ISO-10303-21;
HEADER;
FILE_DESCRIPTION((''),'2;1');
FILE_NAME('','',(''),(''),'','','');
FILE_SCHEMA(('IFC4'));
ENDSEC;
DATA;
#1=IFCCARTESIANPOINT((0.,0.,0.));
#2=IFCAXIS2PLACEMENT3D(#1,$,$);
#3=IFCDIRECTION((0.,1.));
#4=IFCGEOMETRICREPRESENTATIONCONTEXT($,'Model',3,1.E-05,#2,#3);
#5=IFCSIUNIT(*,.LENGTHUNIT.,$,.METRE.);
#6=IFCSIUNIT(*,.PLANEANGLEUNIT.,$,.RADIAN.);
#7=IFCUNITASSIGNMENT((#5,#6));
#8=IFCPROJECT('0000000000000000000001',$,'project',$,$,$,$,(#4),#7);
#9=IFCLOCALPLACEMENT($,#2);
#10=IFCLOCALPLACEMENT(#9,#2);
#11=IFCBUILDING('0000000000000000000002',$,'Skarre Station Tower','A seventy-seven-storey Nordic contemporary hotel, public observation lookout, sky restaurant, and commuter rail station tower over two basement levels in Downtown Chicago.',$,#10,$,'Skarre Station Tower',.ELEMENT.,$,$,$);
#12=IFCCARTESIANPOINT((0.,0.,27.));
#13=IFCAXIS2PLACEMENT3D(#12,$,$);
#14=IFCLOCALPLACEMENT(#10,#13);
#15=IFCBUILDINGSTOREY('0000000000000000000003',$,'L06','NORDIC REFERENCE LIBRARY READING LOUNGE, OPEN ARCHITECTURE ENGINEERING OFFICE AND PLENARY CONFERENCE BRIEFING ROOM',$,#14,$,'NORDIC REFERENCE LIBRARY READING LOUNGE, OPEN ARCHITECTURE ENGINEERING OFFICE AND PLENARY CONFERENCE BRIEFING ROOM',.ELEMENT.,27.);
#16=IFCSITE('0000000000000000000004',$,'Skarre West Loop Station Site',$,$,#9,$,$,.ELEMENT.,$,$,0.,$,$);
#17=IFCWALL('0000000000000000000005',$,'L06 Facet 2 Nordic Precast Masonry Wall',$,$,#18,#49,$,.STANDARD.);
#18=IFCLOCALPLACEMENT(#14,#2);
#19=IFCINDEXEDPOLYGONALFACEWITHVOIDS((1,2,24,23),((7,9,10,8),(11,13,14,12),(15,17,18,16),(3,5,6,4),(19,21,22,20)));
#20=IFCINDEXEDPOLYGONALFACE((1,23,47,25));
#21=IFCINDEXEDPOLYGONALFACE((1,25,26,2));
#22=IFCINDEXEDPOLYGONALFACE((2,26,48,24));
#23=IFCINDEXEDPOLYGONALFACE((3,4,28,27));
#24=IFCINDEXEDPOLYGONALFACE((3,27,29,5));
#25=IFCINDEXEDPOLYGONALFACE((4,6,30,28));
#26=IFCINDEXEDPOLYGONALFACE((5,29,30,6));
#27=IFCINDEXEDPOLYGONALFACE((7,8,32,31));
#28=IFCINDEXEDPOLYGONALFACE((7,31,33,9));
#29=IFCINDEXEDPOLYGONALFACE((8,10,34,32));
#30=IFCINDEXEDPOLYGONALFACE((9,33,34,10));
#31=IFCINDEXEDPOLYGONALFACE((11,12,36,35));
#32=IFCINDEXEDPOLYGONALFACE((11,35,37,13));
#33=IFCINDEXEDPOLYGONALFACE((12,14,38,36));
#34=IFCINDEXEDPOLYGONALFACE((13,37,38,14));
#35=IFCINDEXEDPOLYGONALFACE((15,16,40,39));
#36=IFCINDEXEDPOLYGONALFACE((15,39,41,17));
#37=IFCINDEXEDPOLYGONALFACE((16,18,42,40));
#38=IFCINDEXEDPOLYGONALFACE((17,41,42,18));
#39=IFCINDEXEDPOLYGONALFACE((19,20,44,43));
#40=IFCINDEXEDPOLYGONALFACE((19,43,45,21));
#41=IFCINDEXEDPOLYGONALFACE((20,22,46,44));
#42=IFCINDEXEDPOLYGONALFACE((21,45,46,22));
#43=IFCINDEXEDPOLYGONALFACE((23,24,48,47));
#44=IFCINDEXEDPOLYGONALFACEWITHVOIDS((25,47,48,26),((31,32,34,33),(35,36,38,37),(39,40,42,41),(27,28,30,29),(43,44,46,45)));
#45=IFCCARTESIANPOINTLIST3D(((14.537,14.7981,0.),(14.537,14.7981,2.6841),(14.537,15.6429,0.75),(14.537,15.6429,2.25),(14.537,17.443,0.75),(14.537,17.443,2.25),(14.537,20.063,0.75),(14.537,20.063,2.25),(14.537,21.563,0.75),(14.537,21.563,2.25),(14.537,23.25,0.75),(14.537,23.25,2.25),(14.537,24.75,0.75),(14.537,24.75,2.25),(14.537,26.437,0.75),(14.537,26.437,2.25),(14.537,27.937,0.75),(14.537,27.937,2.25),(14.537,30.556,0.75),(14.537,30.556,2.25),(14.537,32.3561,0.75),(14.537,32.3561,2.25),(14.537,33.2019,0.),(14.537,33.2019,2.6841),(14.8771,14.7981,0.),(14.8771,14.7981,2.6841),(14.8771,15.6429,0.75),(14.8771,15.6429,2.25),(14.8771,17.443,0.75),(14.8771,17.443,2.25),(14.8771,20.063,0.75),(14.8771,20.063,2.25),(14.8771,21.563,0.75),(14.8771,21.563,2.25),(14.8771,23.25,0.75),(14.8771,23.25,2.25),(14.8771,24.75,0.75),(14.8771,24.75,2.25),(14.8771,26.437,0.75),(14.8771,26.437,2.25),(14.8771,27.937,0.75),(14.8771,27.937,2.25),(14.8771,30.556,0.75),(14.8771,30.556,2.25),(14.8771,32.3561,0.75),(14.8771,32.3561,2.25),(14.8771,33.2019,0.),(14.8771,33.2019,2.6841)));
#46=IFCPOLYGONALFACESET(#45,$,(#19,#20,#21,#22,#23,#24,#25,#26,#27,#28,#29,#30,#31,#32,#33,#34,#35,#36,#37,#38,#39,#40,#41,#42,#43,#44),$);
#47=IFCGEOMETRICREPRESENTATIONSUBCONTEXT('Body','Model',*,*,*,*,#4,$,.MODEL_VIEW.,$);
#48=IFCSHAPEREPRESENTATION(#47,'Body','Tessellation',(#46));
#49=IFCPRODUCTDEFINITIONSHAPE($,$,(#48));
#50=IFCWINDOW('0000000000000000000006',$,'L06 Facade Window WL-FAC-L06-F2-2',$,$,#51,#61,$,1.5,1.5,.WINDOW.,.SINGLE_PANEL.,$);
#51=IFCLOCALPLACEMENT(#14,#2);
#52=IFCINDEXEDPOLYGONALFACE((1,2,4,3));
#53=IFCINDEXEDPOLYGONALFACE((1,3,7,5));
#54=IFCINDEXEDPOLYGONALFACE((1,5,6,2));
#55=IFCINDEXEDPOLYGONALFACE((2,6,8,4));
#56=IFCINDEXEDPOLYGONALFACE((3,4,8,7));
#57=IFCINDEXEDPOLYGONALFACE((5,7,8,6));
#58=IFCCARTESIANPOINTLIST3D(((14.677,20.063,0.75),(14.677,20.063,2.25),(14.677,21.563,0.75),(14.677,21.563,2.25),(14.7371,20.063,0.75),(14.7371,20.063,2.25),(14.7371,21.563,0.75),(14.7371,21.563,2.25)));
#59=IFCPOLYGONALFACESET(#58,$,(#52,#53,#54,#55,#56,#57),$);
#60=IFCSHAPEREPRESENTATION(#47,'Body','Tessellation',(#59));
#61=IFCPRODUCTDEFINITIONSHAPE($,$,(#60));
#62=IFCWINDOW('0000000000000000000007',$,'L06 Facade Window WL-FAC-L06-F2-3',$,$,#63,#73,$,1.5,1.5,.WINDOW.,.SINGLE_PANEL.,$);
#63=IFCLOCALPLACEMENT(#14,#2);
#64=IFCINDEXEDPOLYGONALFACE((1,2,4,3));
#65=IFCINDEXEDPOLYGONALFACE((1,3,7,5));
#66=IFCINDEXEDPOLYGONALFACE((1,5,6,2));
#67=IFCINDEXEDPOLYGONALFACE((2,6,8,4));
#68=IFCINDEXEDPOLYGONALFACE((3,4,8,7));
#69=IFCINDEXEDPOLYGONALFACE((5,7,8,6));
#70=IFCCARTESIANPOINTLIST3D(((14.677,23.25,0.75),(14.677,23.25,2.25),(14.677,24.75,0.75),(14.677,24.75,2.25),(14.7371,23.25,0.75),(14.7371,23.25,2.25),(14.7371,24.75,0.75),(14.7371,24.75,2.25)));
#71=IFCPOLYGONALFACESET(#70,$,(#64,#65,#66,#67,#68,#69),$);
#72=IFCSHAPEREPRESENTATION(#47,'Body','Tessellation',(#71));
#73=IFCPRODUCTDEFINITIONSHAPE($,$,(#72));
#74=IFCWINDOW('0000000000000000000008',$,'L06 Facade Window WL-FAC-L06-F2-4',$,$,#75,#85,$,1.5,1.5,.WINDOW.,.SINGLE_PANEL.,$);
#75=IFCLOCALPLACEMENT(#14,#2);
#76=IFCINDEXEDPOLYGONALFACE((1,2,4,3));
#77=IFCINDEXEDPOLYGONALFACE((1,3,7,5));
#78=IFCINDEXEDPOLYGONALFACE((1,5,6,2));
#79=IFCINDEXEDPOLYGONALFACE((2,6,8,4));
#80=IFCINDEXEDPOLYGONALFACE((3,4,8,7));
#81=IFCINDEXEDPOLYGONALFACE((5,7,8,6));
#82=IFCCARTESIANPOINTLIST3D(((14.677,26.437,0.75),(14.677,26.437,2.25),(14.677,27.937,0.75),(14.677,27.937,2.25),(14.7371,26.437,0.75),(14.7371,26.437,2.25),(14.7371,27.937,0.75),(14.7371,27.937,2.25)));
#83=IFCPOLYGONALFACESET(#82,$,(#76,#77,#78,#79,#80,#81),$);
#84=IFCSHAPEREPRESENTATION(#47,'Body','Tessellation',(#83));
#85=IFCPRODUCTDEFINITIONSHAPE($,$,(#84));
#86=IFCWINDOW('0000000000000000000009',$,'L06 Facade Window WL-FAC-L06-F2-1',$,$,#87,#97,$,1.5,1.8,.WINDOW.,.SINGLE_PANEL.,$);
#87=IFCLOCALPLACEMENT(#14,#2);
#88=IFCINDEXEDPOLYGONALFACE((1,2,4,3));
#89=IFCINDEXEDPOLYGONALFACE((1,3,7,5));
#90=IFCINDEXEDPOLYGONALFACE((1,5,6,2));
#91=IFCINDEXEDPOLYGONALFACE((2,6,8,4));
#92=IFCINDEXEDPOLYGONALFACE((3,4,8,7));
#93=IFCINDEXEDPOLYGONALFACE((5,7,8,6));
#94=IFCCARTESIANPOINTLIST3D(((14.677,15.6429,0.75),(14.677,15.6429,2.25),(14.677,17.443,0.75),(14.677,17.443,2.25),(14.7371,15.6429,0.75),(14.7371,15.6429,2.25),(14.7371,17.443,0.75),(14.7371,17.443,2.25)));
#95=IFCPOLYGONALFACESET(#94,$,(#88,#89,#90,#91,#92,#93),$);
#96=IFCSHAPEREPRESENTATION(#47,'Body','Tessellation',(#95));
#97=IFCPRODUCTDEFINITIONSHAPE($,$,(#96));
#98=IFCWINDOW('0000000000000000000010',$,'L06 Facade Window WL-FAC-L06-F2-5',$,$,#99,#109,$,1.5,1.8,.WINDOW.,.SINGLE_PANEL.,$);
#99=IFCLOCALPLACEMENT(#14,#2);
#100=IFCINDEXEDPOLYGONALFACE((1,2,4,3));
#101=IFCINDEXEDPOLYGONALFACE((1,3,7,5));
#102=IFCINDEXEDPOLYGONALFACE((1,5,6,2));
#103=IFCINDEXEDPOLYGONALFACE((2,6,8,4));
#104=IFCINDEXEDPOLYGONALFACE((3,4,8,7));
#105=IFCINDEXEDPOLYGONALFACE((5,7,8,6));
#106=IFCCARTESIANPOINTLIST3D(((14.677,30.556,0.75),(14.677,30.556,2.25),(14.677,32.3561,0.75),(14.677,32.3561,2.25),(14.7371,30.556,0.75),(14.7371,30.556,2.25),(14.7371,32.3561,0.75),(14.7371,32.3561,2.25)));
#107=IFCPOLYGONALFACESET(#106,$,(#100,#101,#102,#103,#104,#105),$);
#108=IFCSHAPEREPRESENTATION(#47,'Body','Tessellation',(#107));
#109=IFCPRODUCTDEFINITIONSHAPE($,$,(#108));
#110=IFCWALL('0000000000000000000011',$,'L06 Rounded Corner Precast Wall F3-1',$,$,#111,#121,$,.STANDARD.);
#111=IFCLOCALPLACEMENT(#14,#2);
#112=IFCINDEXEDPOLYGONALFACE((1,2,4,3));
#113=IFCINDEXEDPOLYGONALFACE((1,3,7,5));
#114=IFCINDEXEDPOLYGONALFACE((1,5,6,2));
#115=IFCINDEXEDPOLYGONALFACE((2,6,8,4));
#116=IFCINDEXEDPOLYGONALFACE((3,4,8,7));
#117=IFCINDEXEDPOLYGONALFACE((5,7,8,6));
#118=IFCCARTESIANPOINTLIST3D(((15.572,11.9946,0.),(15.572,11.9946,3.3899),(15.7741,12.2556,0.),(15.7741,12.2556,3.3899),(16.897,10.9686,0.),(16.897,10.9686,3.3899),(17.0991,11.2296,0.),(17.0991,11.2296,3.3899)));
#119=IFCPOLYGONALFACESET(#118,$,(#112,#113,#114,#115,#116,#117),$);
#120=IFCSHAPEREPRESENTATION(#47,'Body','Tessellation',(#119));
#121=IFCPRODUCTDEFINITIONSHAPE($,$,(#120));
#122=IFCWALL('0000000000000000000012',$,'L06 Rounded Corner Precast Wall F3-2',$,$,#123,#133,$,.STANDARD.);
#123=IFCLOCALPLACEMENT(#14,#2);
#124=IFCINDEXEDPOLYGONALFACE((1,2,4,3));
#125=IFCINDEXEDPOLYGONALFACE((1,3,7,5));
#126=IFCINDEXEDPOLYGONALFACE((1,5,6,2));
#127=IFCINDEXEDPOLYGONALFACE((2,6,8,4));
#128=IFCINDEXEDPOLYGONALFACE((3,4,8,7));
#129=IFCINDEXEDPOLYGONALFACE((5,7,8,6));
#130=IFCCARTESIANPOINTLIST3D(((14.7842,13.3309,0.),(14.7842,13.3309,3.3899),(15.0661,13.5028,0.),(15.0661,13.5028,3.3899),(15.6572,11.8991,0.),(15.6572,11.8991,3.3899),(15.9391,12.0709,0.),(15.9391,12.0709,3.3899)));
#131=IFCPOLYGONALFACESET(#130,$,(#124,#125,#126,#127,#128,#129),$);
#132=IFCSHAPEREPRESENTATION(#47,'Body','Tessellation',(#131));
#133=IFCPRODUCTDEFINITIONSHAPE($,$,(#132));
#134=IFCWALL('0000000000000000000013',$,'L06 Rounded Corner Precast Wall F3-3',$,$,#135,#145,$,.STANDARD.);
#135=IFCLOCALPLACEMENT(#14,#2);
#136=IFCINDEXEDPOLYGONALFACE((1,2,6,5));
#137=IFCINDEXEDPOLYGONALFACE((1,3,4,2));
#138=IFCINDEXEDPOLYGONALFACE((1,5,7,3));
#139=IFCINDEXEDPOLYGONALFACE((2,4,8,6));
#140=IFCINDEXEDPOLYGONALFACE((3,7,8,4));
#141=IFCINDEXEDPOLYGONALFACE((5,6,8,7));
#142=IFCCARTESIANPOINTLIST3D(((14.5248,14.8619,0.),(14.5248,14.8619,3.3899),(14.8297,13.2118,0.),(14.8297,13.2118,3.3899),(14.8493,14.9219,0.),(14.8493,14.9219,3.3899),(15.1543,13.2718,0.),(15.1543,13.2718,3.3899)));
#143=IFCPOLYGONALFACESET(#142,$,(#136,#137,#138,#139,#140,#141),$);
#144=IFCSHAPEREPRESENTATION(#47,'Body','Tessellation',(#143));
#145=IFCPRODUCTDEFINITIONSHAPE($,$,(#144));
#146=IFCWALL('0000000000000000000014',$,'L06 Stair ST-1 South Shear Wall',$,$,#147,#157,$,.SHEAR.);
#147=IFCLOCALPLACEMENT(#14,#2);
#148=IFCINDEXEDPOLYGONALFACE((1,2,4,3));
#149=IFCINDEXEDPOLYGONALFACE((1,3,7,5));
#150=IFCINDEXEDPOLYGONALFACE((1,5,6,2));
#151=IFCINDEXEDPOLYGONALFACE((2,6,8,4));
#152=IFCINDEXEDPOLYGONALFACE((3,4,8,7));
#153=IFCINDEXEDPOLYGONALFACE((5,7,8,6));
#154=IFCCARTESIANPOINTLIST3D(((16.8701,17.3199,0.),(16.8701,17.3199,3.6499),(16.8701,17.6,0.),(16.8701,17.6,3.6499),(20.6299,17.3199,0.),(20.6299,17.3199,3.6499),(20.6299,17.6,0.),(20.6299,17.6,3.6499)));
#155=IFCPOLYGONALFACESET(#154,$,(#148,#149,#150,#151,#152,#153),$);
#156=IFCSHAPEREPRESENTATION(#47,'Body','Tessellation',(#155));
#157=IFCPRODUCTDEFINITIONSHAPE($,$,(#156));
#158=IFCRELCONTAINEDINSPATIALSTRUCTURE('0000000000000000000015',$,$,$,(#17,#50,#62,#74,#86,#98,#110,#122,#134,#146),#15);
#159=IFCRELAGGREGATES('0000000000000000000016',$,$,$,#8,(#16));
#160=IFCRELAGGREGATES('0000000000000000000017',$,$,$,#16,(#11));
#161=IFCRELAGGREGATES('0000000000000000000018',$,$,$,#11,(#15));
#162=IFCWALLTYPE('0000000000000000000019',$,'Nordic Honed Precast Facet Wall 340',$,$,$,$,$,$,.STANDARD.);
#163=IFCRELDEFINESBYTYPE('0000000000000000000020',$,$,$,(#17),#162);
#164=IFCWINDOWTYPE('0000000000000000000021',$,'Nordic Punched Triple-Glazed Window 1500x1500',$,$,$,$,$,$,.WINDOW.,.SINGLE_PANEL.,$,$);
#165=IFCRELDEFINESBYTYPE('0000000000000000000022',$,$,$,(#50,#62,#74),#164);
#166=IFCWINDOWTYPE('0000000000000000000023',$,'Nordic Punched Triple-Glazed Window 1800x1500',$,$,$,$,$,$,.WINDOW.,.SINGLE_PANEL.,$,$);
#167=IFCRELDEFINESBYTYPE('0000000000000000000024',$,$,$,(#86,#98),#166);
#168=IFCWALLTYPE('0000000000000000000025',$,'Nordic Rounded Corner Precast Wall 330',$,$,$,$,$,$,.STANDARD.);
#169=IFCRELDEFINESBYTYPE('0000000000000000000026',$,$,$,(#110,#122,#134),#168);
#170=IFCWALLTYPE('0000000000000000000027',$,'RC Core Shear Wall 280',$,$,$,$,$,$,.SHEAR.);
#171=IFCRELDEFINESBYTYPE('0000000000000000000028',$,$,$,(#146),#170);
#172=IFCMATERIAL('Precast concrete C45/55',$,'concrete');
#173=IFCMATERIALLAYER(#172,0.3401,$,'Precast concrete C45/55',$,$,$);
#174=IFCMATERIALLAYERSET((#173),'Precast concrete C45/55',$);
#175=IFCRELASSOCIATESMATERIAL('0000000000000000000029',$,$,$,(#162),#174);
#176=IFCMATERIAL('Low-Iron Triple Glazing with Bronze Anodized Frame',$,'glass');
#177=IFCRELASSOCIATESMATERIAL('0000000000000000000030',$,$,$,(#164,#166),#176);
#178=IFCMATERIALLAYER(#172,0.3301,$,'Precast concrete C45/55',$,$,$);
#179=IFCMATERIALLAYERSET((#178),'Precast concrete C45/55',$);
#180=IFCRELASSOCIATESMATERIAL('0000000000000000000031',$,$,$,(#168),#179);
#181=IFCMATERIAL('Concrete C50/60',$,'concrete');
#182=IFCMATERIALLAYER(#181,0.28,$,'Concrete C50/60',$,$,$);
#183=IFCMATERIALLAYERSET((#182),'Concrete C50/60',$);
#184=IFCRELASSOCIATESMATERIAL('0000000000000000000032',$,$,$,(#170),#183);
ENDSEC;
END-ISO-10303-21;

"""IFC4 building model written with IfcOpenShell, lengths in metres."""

from ifc_helpers import new_model, si_unit, direction, frame, frame_2d, origin, place, context, subcontext, project, spatial, rectangle, extrude, material, layer, layer_set, type_object, element, fill, save


model = new_model("IFC4")

# Units and contexts
model_context = context("Model", 3, precision=1e-05, world=origin(), true_north=direction((0.0, 1.0)))
body_context = subcontext(model_context, "Body", "Model", "MODEL_VIEW")
ifc_project = project(units=[si_unit("LENGTHUNIT", "METRE"), si_unit("PLANEANGLEUNIT", "RADIAN")], contexts=[model_context])

# Site, building, storey
site_placement = place(None, origin())
site = spatial("IfcSite", under=ifc_project, at=site_placement, Name="Skarre West Loop Station Site", CompositionType="ELEMENT", RefElevation=0.0)
building_placement = place(site_placement, origin())
building = spatial("IfcBuilding", under=site, at=building_placement, Name="Skarre Station Tower", Description="A seventy-seven-storey Nordic contemporary hotel, public observation lookout, sky restaurant, and commuter rail station tower over two basement levels in Downtown Chicago.", LongName="Skarre Station Tower", CompositionType="ELEMENT")
storey_placement = place(building_placement, frame((0.0, 0.0, 27.0)))
storey = spatial("IfcBuildingStorey", under=building, at=storey_placement, Name="L06", Description="NORDIC REFERENCE LIBRARY READING LOUNGE, OPEN ARCHITECTURE ENGINEERING OFFICE AND PLENARY CONFERENCE BRIEFING ROOM", LongName="NORDIC REFERENCE LIBRARY READING LOUNGE, OPEN ARCHITECTURE ENGINEERING OFFICE AND PLENARY CONFERENCE BRIEFING ROOM", CompositionType="ELEMENT", Elevation=27.0)

# Shared definitions
ifc_material_1 = material(Name="Concrete C50/60", Category="concrete")

# Wall, openings, windows
ifc_material_2 = material(Name="Precast concrete C45/55", Category="concrete")
ifc_layer_1 = layer(ifc_material_2, 0.3401, Name="Precast concrete C45/55")
ifc_layer_set_1 = layer_set([ifc_layer_1], Name="Precast concrete C45/55")
wall_type_1 = type_object("IfcWallType", Name="Nordic Honed Precast Facet Wall 340", PredefinedType="STANDARD", material=ifc_layer_set_1)
wall_1_placement = place(storey_placement, frame((14.707, 14.7981, 0.0), z_axis=(0.0, 0.0, 1.0), x_axis=(0.0, 1.0, 0.0)))
wall_1 = element("IfcWall", 1, at=wall_1_placement, inside=storey, type_object=wall_type_1, Name="L06 Facet 2 Nordic Precast Masonry Wall", PredefinedType="STANDARD", context=body_context, shape_type="SweptSolid", body=[
    extrude(rectangle(XDim=18.4038, YDim=0.3401, at=frame_2d((9.2019, 0.0))), origin(), (0.0, 0.0, 1.0), 2.6841),
])
opening_1_placement = place(wall_1_placement, frame((0.845, 0.0, 0.75)))
opening_1 = element("IfcOpeningElement", 2, at=opening_1_placement, cuts=wall_1, PredefinedType="OPENING", context=body_context, shape_type="SweptSolid", body=[
    extrude(rectangle(XDim=1.8, YDim=1.5, at=frame_2d((0.8999, 0.75))), frame((0.0, 0.1799, 0.0), z_axis=(0.0, -1.0, 0.0), x_axis=(1.0, 0.0, 0.0)), (0.0, 0.0, 1.0), 0.3601),
])
opening_2_placement = place(wall_1_placement, frame((5.2649, 0.0, 0.75)))
opening_2 = element("IfcOpeningElement", 3, at=opening_2_placement, cuts=wall_1, PredefinedType="OPENING", context=body_context, shape_type="SweptSolid", body=[
    extrude(rectangle(XDim=1.5, YDim=1.5, at=frame_2d((0.75, 0.75))), frame((0.0, 0.1799, 0.0), z_axis=(0.0, -1.0, 0.0), x_axis=(1.0, 0.0, 0.0)), (0.0, 0.0, 1.0), 0.3601),
])
opening_3_placement = place(wall_1_placement, frame((8.4519, 0.0, 0.75)))
opening_3 = element("IfcOpeningElement", 4, at=opening_3_placement, cuts=wall_1, PredefinedType="OPENING", context=body_context, shape_type="SweptSolid", body=[
    extrude(rectangle(XDim=1.5, YDim=1.5, at=frame_2d((0.75, 0.75))), frame((0.0, 0.1799, 0.0), z_axis=(0.0, -1.0, 0.0), x_axis=(1.0, 0.0, 0.0)), (0.0, 0.0, 1.0), 0.3601),
])
opening_4_placement = place(wall_1_placement, frame((11.6389, 0.0, 0.75)))
opening_4 = element("IfcOpeningElement", 5, at=opening_4_placement, cuts=wall_1, PredefinedType="OPENING", context=body_context, shape_type="SweptSolid", body=[
    extrude(rectangle(XDim=1.5, YDim=1.5, at=frame_2d((0.75, 0.75))), frame((0.0, 0.1799, 0.0), z_axis=(0.0, -1.0, 0.0), x_axis=(1.0, 0.0, 0.0)), (0.0, 0.0, 1.0), 0.3601),
])
opening_5_placement = place(wall_1_placement, frame((15.7581, 0.0, 0.75)))
opening_5 = element("IfcOpeningElement", 6, at=opening_5_placement, cuts=wall_1, PredefinedType="OPENING", context=body_context, shape_type="SweptSolid", body=[
    extrude(rectangle(XDim=1.8, YDim=1.5, at=frame_2d((0.8999, 0.75))), frame((0.0, 0.1799, 0.0), z_axis=(0.0, -1.0, 0.0), x_axis=(1.0, 0.0, 0.0)), (0.0, 0.0, 1.0), 0.3601),
])
ifc_material_3 = material(Name="Low-Iron Triple Glazing with Bronze Anodized Frame", Category="glass")
window_type_1 = type_object("IfcWindowType", Name="Nordic Punched Triple-Glazed Window 1500x1500", PartitioningType="SINGLE_PANEL", PredefinedType="WINDOW", material=ifc_material_3)
window_1_placement = place(opening_2_placement, origin())
window_1 = element("IfcWindow", 7, at=window_1_placement, inside=storey, type_object=window_type_1, Name="L06 Facade Window WL-FAC-L06-F2-2", OverallHeight=1.5, OverallWidth=1.5, PartitioningType="SINGLE_PANEL", PredefinedType="WINDOW", context=body_context, shape_type="SweptSolid", body=[
    extrude(rectangle(XDim=1.5, YDim=1.5, at=frame_2d((0.75, 0.75))), frame((0.0, 0.03, 0.0), z_axis=(0.0, -1.0, 0.0), x_axis=(1.0, 0.0, 0.0)), (0.0, 0.0, 1.0), 0.0601),
])
fill(opening_2, window_1)
window_2_placement = place(opening_3_placement, origin())
window_2 = element("IfcWindow", 8, at=window_2_placement, inside=storey, type_object=window_type_1, Name="L06 Facade Window WL-FAC-L06-F2-3", OverallHeight=1.5, OverallWidth=1.5, PartitioningType="SINGLE_PANEL", PredefinedType="WINDOW", context=body_context, shape_type="SweptSolid", body=[
    extrude(rectangle(XDim=1.5, YDim=1.5, at=frame_2d((0.75, 0.75))), frame((0.0, 0.03, 0.0), z_axis=(0.0, -1.0, 0.0), x_axis=(1.0, 0.0, 0.0)), (0.0, 0.0, 1.0), 0.0601),
])
fill(opening_3, window_2)
window_3_placement = place(opening_4_placement, origin())
window_3 = element("IfcWindow", 9, at=window_3_placement, inside=storey, type_object=window_type_1, Name="L06 Facade Window WL-FAC-L06-F2-4", OverallHeight=1.5, OverallWidth=1.5, PartitioningType="SINGLE_PANEL", PredefinedType="WINDOW", context=body_context, shape_type="SweptSolid", body=[
    extrude(rectangle(XDim=1.5, YDim=1.5, at=frame_2d((0.75, 0.75))), frame((0.0, 0.03, 0.0), z_axis=(0.0, -1.0, 0.0), x_axis=(1.0, 0.0, 0.0)), (0.0, 0.0, 1.0), 0.0601),
])
fill(opening_4, window_3)
window_type_2 = type_object("IfcWindowType", Name="Nordic Punched Triple-Glazed Window 1800x1500", PartitioningType="SINGLE_PANEL", PredefinedType="WINDOW", material=ifc_material_3)
window_4_placement = place(opening_1_placement, origin())
window_4 = element("IfcWindow", 10, at=window_4_placement, inside=storey, type_object=window_type_2, Name="L06 Facade Window WL-FAC-L06-F2-1", OverallHeight=1.5, OverallWidth=1.8, PartitioningType="SINGLE_PANEL", PredefinedType="WINDOW", context=body_context, shape_type="SweptSolid", body=[
    extrude(rectangle(XDim=1.8, YDim=1.5, at=frame_2d((0.8999, 0.75))), frame((0.0, 0.03, 0.0), z_axis=(0.0, -1.0, 0.0), x_axis=(1.0, 0.0, 0.0)), (0.0, 0.0, 1.0), 0.0601),
])
fill(opening_1, window_4)
window_5_placement = place(opening_5_placement, origin())
window_5 = element("IfcWindow", 11, at=window_5_placement, inside=storey, type_object=window_type_2, Name="L06 Facade Window WL-FAC-L06-F2-5", OverallHeight=1.5, OverallWidth=1.8, PartitioningType="SINGLE_PANEL", PredefinedType="WINDOW", context=body_context, shape_type="SweptSolid", body=[
    extrude(rectangle(XDim=1.8, YDim=1.5, at=frame_2d((0.8999, 0.75))), frame((0.0, 0.03, 0.0), z_axis=(0.0, -1.0, 0.0), x_axis=(1.0, 0.0, 0.0)), (0.0, 0.0, 1.0), 0.0601),
])
fill(opening_5, window_5)

# Walls
ifc_layer_2 = layer(ifc_material_2, 0.3301, Name="Precast concrete C45/55")
ifc_layer_set_2 = layer_set([ifc_layer_2], Name="Precast concrete C45/55")
wall_type_2 = type_object("IfcWallType", Name="Nordic Rounded Corner Precast Wall 330", PredefinedType="STANDARD", material=ifc_layer_set_2)
wall_2_placement = place(storey_placement, frame((16.998, 11.0991, 0.0), z_axis=(0.0, 0.0, 1.0), x_axis=(-0.790692, 0.612214, 0.0)))
element("IfcWall", 12, at=wall_2_placement, inside=storey, type_object=wall_type_2, Name="L06 Rounded Corner Precast Wall F3-1", PredefinedType="STANDARD", context=body_context, shape_type="SweptSolid", body=[
    extrude(rectangle(XDim=1.6758, YDim=0.3301, at=frame_2d((0.8379, 0.0))), origin(), (0.0, 0.0, 1.0), 3.3899),
])
wall_3_placement = place(storey_placement, frame((15.7981, 11.9851, 0.0), z_axis=(0.0, 0.0, 1.0), x_axis=(-0.520584, 0.85381, 0.0)))
element("IfcWall", 13, at=wall_3_placement, inside=storey, type_object=wall_type_2, Name="L06 Rounded Corner Precast Wall F3-2", PredefinedType="STANDARD", context=body_context, shape_type="SweptSolid", body=[
    extrude(rectangle(XDim=1.677, YDim=0.3301, at=frame_2d((0.8384, 0.0))), origin(), (0.0, 0.0, 1.0), 3.3899),
])
wall_4_placement = place(storey_placement, frame((14.9919, 13.2419, 0.0), z_axis=(0.0, 0.0, 1.0), x_axis=(-0.181714, 0.983351, 0.0)))
element("IfcWall", 14, at=wall_4_placement, inside=storey, type_object=wall_type_2, Name="L06 Rounded Corner Precast Wall F3-3", PredefinedType="STANDARD", context=body_context, shape_type="SweptSolid", body=[
    extrude(rectangle(XDim=1.678, YDim=0.3301, at=frame_2d((0.8389, 0.0))), origin(), (0.0, 0.0, 1.0), 3.3899),
])
ifc_layer_3 = layer(ifc_material_1, 0.28, Name="Concrete C50/60")
ifc_layer_set_3 = layer_set([ifc_layer_3], Name="Concrete C50/60")
wall_type_3 = type_object("IfcWallType", Name="RC Core Shear Wall 280", PredefinedType="SHEAR", material=ifc_layer_set_3)
wall_5_placement = place(storey_placement, frame((16.8701, 17.46, 0.0), z_axis=(0.0, 0.0, 1.0), x_axis=(1.0, 0.0, 0.0)))
element("IfcWall", 15, at=wall_5_placement, inside=storey, type_object=wall_type_3, Name="L06 Stair ST-1 South Shear Wall", PredefinedType="SHEAR", context=body_context, shape_type="SweptSolid", body=[
    extrude(rectangle(XDim=3.7598, YDim=0.28, at=frame_2d((1.8799, 0.0))), origin(), (0.0, 0.0, 1.0), 3.6499),
])

save(model, "model.ifc")
